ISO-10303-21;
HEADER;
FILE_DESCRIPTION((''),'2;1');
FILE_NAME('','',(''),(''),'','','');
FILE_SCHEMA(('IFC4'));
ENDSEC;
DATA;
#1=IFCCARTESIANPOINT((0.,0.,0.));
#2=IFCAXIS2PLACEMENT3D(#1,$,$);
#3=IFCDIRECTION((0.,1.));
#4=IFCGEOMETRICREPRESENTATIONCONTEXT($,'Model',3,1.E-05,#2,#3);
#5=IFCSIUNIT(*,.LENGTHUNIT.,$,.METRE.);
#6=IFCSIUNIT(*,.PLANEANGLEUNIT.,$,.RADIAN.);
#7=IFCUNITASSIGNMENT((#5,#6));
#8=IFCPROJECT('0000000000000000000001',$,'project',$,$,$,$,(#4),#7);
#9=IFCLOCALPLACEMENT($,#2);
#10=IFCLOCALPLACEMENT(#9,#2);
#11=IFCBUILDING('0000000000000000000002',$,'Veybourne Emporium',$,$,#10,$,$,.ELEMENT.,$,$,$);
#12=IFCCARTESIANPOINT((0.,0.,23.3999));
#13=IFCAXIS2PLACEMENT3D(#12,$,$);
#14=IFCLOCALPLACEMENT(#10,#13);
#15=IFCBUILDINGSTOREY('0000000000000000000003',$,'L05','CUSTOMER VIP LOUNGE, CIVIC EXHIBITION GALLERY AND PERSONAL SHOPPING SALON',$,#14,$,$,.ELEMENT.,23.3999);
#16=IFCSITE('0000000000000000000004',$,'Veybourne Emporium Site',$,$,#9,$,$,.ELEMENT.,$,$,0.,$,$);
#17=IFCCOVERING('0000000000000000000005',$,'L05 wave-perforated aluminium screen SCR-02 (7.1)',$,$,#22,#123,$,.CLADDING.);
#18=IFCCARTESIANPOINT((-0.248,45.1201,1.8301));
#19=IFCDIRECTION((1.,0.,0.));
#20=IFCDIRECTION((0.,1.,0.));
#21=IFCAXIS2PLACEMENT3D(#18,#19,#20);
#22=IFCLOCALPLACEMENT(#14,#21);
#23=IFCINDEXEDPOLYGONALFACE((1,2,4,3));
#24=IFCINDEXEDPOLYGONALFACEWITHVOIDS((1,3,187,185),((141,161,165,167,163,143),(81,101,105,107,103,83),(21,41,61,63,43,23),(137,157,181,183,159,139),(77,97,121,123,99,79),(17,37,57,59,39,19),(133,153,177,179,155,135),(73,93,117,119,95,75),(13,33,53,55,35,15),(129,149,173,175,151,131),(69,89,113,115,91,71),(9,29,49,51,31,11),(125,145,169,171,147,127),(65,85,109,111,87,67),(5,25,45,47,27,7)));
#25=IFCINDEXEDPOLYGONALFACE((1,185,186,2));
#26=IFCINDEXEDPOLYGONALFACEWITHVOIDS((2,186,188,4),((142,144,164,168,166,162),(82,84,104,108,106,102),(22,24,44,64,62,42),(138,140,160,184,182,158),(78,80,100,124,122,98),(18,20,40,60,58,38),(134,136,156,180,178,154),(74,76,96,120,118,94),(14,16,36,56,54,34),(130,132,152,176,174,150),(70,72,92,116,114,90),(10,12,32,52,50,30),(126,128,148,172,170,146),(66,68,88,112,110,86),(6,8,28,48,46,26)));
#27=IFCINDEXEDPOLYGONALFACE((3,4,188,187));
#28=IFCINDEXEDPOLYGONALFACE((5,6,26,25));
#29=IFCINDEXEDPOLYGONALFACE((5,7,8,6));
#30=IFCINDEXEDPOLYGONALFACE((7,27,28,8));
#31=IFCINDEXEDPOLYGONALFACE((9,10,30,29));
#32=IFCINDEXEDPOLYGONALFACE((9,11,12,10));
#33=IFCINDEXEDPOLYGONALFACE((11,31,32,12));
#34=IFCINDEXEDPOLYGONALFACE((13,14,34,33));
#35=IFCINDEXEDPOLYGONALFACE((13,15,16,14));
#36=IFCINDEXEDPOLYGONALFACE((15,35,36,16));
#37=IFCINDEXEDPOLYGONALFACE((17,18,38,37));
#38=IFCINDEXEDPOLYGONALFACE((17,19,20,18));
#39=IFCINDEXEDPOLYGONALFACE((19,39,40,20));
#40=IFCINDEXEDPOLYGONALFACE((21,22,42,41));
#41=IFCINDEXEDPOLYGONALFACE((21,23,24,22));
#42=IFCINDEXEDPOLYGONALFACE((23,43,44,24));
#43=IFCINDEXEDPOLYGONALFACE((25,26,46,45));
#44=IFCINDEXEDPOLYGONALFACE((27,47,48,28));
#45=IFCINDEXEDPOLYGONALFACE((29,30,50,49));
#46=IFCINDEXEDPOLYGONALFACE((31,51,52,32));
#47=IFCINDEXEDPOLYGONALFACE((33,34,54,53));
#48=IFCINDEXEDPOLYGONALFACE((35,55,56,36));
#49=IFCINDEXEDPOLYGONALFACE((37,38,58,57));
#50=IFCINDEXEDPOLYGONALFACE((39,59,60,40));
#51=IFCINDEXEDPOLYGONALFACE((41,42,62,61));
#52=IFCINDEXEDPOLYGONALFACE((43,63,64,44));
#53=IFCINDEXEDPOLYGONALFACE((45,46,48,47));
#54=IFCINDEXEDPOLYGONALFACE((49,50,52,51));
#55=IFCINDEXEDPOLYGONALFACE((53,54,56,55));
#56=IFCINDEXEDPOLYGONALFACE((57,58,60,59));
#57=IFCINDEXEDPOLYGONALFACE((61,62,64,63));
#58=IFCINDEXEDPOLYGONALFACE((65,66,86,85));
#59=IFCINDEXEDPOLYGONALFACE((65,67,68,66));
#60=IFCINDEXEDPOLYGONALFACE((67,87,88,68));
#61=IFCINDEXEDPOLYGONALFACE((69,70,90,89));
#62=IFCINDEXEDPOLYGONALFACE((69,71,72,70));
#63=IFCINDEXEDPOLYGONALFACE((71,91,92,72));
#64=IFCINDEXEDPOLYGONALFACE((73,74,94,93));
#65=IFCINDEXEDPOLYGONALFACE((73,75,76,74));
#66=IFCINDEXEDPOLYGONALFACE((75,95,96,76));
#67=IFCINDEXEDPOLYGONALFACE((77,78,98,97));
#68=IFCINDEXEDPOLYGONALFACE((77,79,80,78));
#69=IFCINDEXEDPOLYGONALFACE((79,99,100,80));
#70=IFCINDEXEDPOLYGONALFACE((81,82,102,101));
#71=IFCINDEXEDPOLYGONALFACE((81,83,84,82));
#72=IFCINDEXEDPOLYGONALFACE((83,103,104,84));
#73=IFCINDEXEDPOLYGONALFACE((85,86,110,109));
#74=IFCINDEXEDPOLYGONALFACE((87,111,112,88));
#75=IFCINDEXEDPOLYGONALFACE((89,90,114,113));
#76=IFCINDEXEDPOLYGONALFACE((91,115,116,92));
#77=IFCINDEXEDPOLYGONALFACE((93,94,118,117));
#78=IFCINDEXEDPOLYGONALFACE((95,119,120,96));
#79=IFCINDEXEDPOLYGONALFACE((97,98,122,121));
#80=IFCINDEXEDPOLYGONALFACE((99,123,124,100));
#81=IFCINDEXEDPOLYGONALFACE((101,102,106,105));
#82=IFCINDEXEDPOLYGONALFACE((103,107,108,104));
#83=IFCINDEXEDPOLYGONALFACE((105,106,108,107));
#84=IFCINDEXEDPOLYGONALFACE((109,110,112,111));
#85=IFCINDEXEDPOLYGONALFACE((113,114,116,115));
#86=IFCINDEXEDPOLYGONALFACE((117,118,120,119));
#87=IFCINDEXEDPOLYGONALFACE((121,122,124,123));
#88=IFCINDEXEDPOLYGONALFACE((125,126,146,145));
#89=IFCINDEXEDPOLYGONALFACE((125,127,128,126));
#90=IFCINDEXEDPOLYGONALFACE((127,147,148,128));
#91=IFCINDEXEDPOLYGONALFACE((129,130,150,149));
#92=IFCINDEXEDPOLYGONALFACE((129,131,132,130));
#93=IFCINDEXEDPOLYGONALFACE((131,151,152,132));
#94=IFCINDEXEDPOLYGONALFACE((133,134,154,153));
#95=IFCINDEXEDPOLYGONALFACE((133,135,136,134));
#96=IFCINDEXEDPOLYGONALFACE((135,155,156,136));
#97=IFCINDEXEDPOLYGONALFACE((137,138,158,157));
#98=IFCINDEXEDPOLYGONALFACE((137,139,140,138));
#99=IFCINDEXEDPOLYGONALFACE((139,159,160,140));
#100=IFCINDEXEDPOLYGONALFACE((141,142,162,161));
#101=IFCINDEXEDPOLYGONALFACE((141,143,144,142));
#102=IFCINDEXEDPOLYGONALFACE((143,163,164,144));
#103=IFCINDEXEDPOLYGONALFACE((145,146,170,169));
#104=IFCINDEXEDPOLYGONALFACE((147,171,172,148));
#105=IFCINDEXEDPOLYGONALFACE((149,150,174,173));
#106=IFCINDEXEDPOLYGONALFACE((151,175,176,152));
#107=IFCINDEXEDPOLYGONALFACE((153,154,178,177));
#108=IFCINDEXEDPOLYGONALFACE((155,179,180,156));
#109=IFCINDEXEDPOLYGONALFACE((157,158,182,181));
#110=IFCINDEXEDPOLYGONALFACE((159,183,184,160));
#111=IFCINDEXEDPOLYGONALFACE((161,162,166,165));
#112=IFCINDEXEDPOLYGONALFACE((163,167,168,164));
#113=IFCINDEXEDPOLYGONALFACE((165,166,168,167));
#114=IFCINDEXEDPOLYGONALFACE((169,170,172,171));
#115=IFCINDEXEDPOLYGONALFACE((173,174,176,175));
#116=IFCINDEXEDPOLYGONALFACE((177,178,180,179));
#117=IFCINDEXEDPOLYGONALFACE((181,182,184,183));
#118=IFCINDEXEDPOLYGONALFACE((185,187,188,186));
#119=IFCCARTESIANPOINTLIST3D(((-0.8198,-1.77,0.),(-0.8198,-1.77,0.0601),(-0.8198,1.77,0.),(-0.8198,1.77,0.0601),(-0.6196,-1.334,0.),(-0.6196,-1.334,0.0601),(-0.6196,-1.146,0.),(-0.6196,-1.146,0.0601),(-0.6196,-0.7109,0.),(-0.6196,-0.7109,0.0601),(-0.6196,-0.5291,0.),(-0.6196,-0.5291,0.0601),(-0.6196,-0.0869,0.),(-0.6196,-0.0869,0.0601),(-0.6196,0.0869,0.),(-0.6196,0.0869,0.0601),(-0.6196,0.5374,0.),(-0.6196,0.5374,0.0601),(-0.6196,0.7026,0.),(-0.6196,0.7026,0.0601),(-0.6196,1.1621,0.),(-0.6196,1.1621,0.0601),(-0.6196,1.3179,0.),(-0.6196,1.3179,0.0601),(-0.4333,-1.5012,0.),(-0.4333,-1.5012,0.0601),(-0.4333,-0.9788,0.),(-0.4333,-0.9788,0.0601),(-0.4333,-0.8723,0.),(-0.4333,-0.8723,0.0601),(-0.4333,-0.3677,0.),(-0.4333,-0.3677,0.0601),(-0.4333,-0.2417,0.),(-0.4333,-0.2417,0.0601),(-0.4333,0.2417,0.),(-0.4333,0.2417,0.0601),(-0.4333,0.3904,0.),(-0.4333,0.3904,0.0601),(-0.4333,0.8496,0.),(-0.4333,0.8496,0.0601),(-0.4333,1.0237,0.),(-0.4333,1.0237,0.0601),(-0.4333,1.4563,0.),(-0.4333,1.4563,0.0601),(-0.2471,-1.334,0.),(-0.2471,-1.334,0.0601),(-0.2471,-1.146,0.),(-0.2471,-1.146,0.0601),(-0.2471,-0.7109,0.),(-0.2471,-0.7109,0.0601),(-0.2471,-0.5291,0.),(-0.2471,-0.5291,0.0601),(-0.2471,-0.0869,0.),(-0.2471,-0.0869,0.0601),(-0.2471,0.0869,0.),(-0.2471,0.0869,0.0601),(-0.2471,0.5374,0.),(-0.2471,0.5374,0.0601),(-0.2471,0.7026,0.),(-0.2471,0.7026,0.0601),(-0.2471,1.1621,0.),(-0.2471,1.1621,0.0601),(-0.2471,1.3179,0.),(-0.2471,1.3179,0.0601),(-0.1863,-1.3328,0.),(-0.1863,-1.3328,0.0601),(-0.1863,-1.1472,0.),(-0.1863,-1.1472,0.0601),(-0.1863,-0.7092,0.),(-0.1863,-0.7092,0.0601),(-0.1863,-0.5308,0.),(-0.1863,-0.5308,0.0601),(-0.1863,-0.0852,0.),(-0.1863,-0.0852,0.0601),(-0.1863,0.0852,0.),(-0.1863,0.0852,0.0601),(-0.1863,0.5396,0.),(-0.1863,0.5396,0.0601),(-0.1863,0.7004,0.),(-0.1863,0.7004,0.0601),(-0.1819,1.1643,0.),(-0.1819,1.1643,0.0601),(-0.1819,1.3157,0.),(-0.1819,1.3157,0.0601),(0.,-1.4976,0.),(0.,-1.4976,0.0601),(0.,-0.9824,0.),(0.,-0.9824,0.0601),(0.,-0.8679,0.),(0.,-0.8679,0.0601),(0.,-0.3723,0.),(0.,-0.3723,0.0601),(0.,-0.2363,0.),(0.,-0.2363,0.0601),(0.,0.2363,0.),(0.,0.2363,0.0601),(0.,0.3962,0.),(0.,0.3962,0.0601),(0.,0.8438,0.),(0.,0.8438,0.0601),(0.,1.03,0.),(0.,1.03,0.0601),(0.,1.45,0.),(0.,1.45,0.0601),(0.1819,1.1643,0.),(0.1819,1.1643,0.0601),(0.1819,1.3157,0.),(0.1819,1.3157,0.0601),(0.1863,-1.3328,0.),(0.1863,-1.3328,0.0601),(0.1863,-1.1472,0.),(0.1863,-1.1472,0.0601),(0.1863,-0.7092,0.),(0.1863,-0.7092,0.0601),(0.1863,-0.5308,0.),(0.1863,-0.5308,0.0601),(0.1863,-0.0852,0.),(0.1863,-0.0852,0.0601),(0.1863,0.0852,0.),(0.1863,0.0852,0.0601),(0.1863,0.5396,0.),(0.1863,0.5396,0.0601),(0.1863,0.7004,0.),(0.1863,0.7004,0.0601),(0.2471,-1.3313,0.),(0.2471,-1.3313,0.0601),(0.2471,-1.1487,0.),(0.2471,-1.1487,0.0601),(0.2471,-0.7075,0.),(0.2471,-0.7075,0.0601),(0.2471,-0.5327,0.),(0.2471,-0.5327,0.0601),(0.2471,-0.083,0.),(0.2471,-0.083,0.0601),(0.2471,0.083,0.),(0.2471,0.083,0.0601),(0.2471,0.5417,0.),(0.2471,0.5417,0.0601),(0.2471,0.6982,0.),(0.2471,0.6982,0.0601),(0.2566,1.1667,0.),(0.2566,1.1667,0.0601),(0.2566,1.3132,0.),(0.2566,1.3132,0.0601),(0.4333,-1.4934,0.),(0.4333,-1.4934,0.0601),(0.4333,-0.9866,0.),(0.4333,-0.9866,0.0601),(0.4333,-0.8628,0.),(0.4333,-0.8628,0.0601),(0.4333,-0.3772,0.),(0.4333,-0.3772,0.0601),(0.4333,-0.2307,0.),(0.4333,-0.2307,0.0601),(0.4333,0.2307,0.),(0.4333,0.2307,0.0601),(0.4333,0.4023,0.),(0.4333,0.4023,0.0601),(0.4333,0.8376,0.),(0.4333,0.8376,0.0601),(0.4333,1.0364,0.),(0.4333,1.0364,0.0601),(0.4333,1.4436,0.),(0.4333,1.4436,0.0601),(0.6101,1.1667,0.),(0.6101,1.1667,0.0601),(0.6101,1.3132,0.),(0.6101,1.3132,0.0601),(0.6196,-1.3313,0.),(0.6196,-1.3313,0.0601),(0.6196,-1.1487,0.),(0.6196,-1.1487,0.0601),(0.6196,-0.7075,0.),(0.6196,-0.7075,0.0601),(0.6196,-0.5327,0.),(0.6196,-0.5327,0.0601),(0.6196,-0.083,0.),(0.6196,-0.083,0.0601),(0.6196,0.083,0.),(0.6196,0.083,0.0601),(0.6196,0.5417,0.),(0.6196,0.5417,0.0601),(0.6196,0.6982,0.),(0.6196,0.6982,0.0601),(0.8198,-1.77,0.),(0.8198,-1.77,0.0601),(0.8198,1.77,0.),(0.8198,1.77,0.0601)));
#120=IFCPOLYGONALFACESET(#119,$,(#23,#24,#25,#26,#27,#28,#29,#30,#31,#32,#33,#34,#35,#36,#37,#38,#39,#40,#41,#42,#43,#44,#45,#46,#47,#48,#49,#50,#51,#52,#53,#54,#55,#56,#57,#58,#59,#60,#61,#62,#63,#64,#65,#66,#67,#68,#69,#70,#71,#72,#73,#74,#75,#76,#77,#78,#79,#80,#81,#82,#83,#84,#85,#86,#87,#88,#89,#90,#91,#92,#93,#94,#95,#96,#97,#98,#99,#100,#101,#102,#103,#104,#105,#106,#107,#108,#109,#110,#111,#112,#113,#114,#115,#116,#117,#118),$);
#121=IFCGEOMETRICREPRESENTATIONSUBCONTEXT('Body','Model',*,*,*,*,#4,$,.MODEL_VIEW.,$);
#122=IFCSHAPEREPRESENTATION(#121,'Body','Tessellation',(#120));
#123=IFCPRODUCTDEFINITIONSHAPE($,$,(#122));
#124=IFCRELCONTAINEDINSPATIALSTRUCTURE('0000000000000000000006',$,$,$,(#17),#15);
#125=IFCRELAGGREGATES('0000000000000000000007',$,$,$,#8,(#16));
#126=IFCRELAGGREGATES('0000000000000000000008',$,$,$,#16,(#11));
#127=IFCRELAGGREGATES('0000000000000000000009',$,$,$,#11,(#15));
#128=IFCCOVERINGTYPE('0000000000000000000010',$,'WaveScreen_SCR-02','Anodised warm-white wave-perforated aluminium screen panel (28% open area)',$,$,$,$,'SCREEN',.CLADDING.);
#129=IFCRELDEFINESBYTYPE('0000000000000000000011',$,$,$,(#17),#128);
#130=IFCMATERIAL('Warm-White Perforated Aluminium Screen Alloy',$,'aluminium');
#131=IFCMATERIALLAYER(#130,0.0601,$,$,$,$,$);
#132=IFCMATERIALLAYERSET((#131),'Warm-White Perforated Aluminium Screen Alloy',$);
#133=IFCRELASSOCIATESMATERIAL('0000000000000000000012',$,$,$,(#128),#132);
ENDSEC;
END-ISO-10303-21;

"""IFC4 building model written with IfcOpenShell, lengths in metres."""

from ifc_helpers import new_model, si_unit, direction, frame, origin, place, context, subcontext, project, spatial, polyline, outline, extrude, material, layer, layer_set, type_object, element, save


model = new_model("IFC4")

# Units and contexts
model_context = context("Model", 3, precision=1e-05, world=origin(), true_north=direction((0.0, 1.0)))
body_context = subcontext(model_context, "Body", "Model", "MODEL_VIEW")
ifc_project = project(units=[si_unit("LENGTHUNIT", "METRE"), si_unit("PLANEANGLEUNIT", "RADIAN")], contexts=[model_context])

# Site, building, storey
site_placement = place(None, origin())
site = spatial("IfcSite", under=ifc_project, at=site_placement, Name="Veybourne Emporium Site", CompositionType="ELEMENT", RefElevation=0.0)
building_placement = place(site_placement, origin())
building = spatial("IfcBuilding", under=site, at=building_placement, Name="Veybourne Emporium", CompositionType="ELEMENT")
storey_placement = place(building_placement, frame((0.0, 0.0, 23.3999)))
storey = spatial("IfcBuildingStorey", under=building, at=storey_placement, Name="L05", Description="CUSTOMER VIP LOUNGE, CIVIC EXHIBITION GALLERY AND PERSONAL SHOPPING SALON", CompositionType="ELEMENT", Elevation=23.3999)

# Covering
ifc_material_1 = material(Name="Warm-White Perforated Aluminium Screen Alloy", Category="aluminium")
ifc_layer_1 = layer(ifc_material_1, 0.0601)
ifc_layer_set_1 = layer_set([ifc_layer_1], Name="Warm-White Perforated Aluminium Screen Alloy")
covering_type_1 = type_object("IfcCoveringType", Name="WaveScreen_SCR-02", Description="Anodised warm-white wave-perforated aluminium screen panel (28% open area)", ElementType="SCREEN", PredefinedType="CLADDING", material=ifc_layer_set_1)
covering_1_placement = place(storey_placement, frame((-0.248, 45.1201, 1.8301), z_axis=(1.0, 0.0, 0.0), x_axis=(0.0, 1.0, 0.0)))
element("IfcCovering", 1, at=covering_1_placement, inside=storey, type_object=covering_type_1, Name="L05 wave-perforated aluminium screen SCR-02 (7.1)", PredefinedType="CLADDING", context=body_context, shape_type="SweptSolid", body=[
    extrude(outline(polyline([(-0.8198, -1.77), (0.8198, -1.77), (0.8198, 1.77), (-0.8198, 1.77), (-0.8198, -1.77)]), holes=[polyline([(-0.4333, -0.9788), (-0.2471, -1.146), (-0.2471, -1.334), (-0.4333, -1.5012), (-0.6196, -1.334), (-0.6196, -1.146), (-0.4333, -0.9788)]), polyline([(-0.4333, -0.3677), (-0.2471, -0.5291), (-0.2471, -0.7109), (-0.4333, -0.8723), (-0.6196, -0.7109), (-0.6196, -0.5291), (-0.4333, -0.3677)]), polyline([(-0.4333, 0.2417), (-0.2471, 0.0869), (-0.2471, -0.0869), (-0.4333, -0.2417), (-0.6196, -0.0869), (-0.6196, 0.0869), (-0.4333, 0.2417)]), polyline([(-0.4333, 0.8496), (-0.2471, 0.7026), (-0.2471, 0.5374), (-0.4333, 0.3904), (-0.6196, 0.5374), (-0.6196, 0.7026), (-0.4333, 0.8496)]), polyline([(-0.4333, 1.4563), (-0.2471, 1.3179), (-0.2471, 1.1621), (-0.4333, 1.0237), (-0.6196, 1.1621), (-0.6196, 1.3179), (-0.4333, 1.4563)]), polyline([(0.0, -0.9824), (0.1863, -1.1472), (0.1863, -1.3328), (0.0, -1.4976), (-0.1863, -1.3328), (-0.1863, -1.1472), (0.0, -0.9824)]), polyline([(0.0, -0.3723), (0.1863, -0.5308), (0.1863, -0.7092), (0.0, -0.8679), (-0.1863, -0.7092), (-0.1863, -0.5308), (0.0, -0.3723)]), polyline([(0.0, 0.2363), (0.1863, 0.0852), (0.1863, -0.0852), (0.0, -0.2363), (-0.1863, -0.0852), (-0.1863, 0.0852), (0.0, 0.2363)]), polyline([(0.0, 0.8438), (0.1863, 0.7004), (0.1863, 0.5396), (0.0, 0.3962), (-0.1863, 0.5396), (-0.1863, 0.7004), (0.0, 0.8438)]), polyline([(0.0, 1.45), (0.1819, 1.3157), (0.1819, 1.1643), (0.0, 1.03), (-0.1819, 1.1643), (-0.1819, 1.3157), (0.0, 1.45)]), polyline([(0.4333, -0.9866), (0.6196, -1.1487), (0.6196, -1.3313), (0.4333, -1.4934), (0.2471, -1.3313), (0.2471, -1.1487), (0.4333, -0.9866)]), polyline([(0.4333, -0.3772), (0.6196, -0.5327), (0.6196, -0.7075), (0.4333, -0.8628), (0.2471, -0.7075), (0.2471, -0.5327), (0.4333, -0.3772)]), polyline([(0.4333, 0.2307), (0.6196, 0.083), (0.6196, -0.083), (0.4333, -0.2307), (0.2471, -0.083), (0.2471, 0.083), (0.4333, 0.2307)]), polyline([(0.4333, 0.8376), (0.6196, 0.6982), (0.6196, 0.5417), (0.4333, 0.4023), (0.2471, 0.5417), (0.2471, 0.6982), (0.4333, 0.8376)]), polyline([(0.4333, 1.4436), (0.6101, 1.3132), (0.6101, 1.1667), (0.4333, 1.0364), (0.2566, 1.1667), (0.2566, 1.3132), (0.4333, 1.4436)])]), origin(), (0.0, 0.0, 1.0), 0.0601),
])

save(model, "model.ifc")
